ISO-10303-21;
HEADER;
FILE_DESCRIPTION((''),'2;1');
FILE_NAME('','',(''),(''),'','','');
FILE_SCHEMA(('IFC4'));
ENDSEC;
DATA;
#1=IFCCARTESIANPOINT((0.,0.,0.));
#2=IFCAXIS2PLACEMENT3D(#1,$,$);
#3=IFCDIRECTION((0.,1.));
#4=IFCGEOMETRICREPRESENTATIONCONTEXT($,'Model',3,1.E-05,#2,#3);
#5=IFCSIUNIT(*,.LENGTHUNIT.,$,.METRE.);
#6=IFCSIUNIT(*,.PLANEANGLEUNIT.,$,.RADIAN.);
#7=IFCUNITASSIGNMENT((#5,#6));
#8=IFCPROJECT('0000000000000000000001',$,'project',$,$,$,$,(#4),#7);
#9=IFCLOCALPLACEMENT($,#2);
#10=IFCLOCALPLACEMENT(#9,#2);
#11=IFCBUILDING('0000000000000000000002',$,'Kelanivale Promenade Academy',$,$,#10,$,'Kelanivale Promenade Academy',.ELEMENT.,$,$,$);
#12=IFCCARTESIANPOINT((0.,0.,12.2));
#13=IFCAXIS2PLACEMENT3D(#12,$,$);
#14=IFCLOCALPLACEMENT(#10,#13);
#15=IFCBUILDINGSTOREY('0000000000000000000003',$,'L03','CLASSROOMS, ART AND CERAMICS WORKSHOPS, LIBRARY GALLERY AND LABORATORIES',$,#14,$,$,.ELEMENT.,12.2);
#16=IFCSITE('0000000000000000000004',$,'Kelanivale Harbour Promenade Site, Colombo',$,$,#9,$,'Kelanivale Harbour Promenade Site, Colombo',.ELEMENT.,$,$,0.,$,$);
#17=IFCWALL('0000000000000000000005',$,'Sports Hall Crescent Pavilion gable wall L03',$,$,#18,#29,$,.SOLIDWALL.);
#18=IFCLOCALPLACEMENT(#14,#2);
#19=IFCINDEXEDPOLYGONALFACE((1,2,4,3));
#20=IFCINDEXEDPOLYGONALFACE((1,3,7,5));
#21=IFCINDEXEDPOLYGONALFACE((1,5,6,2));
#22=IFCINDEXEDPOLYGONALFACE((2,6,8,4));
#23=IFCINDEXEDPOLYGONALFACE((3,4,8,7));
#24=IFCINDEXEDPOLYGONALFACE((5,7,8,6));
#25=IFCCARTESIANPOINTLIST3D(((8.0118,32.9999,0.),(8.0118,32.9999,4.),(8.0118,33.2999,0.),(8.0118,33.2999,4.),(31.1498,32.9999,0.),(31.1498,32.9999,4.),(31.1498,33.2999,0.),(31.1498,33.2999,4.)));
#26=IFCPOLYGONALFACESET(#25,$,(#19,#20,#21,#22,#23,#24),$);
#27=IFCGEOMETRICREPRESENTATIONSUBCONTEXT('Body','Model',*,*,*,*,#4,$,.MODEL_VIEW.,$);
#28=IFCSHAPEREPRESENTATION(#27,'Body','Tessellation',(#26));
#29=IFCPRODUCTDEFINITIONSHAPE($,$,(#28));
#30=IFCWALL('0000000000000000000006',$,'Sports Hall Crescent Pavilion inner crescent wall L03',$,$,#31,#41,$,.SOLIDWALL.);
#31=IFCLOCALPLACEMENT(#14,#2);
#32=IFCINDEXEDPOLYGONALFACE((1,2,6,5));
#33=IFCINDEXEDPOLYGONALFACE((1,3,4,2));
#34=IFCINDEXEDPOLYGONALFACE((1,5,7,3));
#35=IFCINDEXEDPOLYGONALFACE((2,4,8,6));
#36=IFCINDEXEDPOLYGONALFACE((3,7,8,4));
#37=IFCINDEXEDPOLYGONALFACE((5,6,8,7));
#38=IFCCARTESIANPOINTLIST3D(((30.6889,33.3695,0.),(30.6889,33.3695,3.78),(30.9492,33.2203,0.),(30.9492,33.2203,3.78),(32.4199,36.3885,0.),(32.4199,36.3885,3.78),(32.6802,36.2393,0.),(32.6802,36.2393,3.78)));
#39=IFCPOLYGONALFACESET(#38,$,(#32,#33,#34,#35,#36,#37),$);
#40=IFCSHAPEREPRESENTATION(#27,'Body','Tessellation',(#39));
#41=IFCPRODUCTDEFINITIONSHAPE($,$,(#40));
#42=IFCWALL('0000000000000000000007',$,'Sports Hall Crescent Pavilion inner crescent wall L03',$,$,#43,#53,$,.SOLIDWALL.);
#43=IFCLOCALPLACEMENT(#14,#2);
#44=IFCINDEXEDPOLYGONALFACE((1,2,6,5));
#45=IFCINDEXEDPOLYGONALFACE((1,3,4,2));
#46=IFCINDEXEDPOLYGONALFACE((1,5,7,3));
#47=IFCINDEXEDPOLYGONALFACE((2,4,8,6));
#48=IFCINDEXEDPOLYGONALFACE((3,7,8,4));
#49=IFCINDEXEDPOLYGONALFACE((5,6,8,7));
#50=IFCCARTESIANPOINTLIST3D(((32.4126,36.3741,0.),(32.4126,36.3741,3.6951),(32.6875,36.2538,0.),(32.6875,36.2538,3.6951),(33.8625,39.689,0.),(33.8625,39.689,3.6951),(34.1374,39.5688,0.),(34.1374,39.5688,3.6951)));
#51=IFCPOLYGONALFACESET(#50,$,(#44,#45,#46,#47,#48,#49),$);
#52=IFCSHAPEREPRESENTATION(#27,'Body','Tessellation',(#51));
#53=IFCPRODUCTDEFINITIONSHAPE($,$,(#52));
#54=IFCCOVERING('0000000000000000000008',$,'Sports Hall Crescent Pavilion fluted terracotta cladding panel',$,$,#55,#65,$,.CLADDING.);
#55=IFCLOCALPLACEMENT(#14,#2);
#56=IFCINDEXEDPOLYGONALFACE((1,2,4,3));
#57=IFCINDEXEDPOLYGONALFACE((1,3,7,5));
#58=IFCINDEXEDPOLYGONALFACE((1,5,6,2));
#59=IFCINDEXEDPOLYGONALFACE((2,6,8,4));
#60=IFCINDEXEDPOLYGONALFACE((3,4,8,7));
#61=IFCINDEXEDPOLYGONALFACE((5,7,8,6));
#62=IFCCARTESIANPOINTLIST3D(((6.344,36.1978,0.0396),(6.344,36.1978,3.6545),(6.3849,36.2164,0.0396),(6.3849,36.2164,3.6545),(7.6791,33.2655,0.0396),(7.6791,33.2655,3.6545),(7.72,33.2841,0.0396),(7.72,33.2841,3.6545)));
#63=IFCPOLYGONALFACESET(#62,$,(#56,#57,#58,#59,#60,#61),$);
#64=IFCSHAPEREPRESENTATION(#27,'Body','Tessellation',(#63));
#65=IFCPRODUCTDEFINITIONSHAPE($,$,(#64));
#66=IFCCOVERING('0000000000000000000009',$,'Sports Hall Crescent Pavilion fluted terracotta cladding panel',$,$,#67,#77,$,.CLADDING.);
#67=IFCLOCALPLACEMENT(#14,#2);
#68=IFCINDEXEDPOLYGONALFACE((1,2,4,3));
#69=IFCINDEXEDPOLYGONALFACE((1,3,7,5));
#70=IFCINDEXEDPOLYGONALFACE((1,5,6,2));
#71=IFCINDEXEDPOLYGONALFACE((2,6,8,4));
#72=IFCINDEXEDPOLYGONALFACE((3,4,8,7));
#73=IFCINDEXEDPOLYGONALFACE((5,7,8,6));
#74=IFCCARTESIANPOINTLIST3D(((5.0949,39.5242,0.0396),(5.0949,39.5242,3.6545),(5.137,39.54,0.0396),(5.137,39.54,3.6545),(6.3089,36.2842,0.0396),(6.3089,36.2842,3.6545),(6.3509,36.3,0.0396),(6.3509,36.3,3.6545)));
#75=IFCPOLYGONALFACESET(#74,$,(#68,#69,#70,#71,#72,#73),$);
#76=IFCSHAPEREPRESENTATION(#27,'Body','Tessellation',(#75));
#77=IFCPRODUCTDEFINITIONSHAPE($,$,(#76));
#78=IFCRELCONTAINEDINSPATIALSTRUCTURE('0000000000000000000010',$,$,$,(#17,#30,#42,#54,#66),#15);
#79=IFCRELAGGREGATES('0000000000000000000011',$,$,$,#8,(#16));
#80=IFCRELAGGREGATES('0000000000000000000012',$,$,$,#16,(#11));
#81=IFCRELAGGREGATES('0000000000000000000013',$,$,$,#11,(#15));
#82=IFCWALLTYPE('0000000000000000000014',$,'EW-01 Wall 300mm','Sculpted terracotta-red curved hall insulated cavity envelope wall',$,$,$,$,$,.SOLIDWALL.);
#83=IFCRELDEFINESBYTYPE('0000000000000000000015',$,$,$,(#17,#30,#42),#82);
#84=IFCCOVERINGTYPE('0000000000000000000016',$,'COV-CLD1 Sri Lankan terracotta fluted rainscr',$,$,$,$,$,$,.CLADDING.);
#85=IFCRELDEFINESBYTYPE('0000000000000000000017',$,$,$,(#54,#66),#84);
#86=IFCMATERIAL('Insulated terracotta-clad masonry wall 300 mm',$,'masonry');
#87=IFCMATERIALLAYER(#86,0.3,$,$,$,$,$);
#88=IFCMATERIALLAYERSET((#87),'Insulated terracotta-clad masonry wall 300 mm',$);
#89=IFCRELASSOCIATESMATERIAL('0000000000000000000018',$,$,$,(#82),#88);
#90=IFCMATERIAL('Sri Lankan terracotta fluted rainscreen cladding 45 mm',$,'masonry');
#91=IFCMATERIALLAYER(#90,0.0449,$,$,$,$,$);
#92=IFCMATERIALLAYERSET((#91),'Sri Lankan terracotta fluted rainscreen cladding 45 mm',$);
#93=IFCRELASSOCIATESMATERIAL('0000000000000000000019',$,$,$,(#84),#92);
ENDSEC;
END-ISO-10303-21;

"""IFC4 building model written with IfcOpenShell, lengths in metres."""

from ifc_helpers import new_model, si_unit, direction, frame, frame_2d, origin, origin_2d, place, context, subcontext, project, spatial, rectangle, extrude, material, layer, layer_set, type_object, element, save


model = new_model("IFC4")

# Units and contexts
model_context = context("Model", 3, precision=1e-05, world=origin(), true_north=direction((0.0, 1.0)))
body_context = subcontext(model_context, "Body", "Model", "MODEL_VIEW")
ifc_project = project(units=[si_unit("LENGTHUNIT", "METRE"), si_unit("PLANEANGLEUNIT", "RADIAN")], contexts=[model_context])

# Site, building, storey
site_placement = place(None, origin())
site = spatial("IfcSite", under=ifc_project, at=site_placement, Name="Kelanivale Harbour Promenade Site, Colombo", LongName="Kelanivale Harbour Promenade Site, Colombo", CompositionType="ELEMENT", RefElevation=0.0)
building_placement = place(site_placement, origin())
building = spatial("IfcBuilding", under=site, at=building_placement, Name="Kelanivale Promenade Academy", LongName="Kelanivale Promenade Academy", CompositionType="ELEMENT")
storey_placement = place(building_placement, frame((0.0, 0.0, 12.2)))
storey = spatial("IfcBuildingStorey", under=building, at=storey_placement, Name="L03", Description="CLASSROOMS, ART AND CERAMICS WORKSHOPS, LIBRARY GALLERY AND LABORATORIES", CompositionType="ELEMENT", Elevation=12.2)

# Shared definitions
ifc_material_1 = material(Name="Insulated terracotta-clad masonry wall 300 mm", Category="masonry")
ifc_layer_1 = layer(ifc_material_1, 0.3)
ifc_layer_set_1 = layer_set([ifc_layer_1], Name="Insulated terracotta-clad masonry wall 300 mm")
wall_type = type_object("IfcWallType", Name="EW-01 Wall 300mm", Description="Sculpted terracotta-red curved hall insulated cavity envelope wall", PredefinedType="SOLIDWALL", material=ifc_layer_set_1)

# Walls
wall_1_placement = place(storey_placement, frame((8.012, 33.1499, 0.0), z_axis=(0.0, 0.0, 1.0), x_axis=(1.0, 0.0, 0.0)))
element("IfcWall", 1, at=wall_1_placement, inside=storey, type_object=wall_type, Name="Sports Hall Crescent Pavilion gable wall L03", PredefinedType="SOLIDWALL", context=body_context, shape_type="SweptSolid", body=[
    extrude(rectangle(XDim=23.1379, YDim=0.3, at=frame_2d((11.5688, 0.0))), origin(), (0.0, 0.0, 1.0), 4.0),
])
wall_2_placement = place(storey_placement, frame((30.8191, 33.2949, 0.0), z_axis=(0.0, 0.0, 1.0), x_axis=(0.497393, 0.867526, 0.0)))
element("IfcWall", 2, at=wall_2_placement, inside=storey, type_object=wall_type, Name="Sports Hall Crescent Pavilion inner crescent wall L03", PredefinedType="SOLIDWALL", context=body_context, shape_type="SweptSolid", body=[
    extrude(rectangle(XDim=3.48, YDim=0.3, at=frame_2d((1.74, 0.0))), origin(), (0.0, 0.0, 1.0), 3.78),
])
wall_3_placement = place(storey_placement, frame((32.55, 36.314, 0.0), z_axis=(0.0, 0.0, 1.0), x_axis=(0.400741, 0.916191, 0.0)))
element("IfcWall", 3, at=wall_3_placement, inside=storey, type_object=wall_type, Name="Sports Hall Crescent Pavilion inner crescent wall L03", PredefinedType="SOLIDWALL", context=body_context, shape_type="SweptSolid", body=[
    extrude(rectangle(XDim=3.6182, YDim=0.3, at=frame_2d((1.8091, 0.0))), origin(), (0.0, 0.0, 1.0), 3.6951),
])

# Coverings
ifc_material_2 = material(Name="Sri Lankan terracotta fluted rainscreen cladding 45 mm", Category="masonry")
ifc_layer_2 = layer(ifc_material_2, 0.0449)
ifc_layer_set_2 = layer_set([ifc_layer_2], Name="Sri Lankan terracotta fluted rainscreen cladding 45 mm")
covering_type_1 = type_object("IfcCoveringType", Name="COV-CLD1 Sri Lankan terracotta fluted rainscr", PredefinedType="CLADDING", material=ifc_layer_set_2)
covering_1_placement = place(storey_placement, frame((7.032, 34.741, 0.0396), z_axis=(0.0, 0.0, 1.0), x_axis=(0.414376, -0.910106, 0.0)))
element("IfcCovering", 4, at=covering_1_placement, inside=storey, type_object=covering_type_1, Name="Sports Hall Crescent Pavilion fluted terracotta cladding panel", PredefinedType="CLADDING", context=body_context, shape_type="SweptSolid", body=[
    extrude(rectangle(XDim=3.2219, YDim=0.0449, at=origin_2d()), origin(), (0.0, 0.0, 1.0), 3.615),
])
covering_2_placement = place(storey_placement, frame((5.7229, 37.9121, 0.0396), z_axis=(0.0, 0.0, 1.0), x_axis=(0.350861, -0.936427, 0.0)))
element("IfcCovering", 5, at=covering_2_placement, inside=storey, type_object=covering_type_1, Name="Sports Hall Crescent Pavilion fluted terracotta cladding panel", PredefinedType="CLADDING", context=body_context, shape_type="SweptSolid", body=[
    extrude(rectangle(XDim=3.46, YDim=0.0449, at=origin_2d()), origin(), (0.0, 0.0, 1.0), 3.615),
])

save(model, "model.ifc")
